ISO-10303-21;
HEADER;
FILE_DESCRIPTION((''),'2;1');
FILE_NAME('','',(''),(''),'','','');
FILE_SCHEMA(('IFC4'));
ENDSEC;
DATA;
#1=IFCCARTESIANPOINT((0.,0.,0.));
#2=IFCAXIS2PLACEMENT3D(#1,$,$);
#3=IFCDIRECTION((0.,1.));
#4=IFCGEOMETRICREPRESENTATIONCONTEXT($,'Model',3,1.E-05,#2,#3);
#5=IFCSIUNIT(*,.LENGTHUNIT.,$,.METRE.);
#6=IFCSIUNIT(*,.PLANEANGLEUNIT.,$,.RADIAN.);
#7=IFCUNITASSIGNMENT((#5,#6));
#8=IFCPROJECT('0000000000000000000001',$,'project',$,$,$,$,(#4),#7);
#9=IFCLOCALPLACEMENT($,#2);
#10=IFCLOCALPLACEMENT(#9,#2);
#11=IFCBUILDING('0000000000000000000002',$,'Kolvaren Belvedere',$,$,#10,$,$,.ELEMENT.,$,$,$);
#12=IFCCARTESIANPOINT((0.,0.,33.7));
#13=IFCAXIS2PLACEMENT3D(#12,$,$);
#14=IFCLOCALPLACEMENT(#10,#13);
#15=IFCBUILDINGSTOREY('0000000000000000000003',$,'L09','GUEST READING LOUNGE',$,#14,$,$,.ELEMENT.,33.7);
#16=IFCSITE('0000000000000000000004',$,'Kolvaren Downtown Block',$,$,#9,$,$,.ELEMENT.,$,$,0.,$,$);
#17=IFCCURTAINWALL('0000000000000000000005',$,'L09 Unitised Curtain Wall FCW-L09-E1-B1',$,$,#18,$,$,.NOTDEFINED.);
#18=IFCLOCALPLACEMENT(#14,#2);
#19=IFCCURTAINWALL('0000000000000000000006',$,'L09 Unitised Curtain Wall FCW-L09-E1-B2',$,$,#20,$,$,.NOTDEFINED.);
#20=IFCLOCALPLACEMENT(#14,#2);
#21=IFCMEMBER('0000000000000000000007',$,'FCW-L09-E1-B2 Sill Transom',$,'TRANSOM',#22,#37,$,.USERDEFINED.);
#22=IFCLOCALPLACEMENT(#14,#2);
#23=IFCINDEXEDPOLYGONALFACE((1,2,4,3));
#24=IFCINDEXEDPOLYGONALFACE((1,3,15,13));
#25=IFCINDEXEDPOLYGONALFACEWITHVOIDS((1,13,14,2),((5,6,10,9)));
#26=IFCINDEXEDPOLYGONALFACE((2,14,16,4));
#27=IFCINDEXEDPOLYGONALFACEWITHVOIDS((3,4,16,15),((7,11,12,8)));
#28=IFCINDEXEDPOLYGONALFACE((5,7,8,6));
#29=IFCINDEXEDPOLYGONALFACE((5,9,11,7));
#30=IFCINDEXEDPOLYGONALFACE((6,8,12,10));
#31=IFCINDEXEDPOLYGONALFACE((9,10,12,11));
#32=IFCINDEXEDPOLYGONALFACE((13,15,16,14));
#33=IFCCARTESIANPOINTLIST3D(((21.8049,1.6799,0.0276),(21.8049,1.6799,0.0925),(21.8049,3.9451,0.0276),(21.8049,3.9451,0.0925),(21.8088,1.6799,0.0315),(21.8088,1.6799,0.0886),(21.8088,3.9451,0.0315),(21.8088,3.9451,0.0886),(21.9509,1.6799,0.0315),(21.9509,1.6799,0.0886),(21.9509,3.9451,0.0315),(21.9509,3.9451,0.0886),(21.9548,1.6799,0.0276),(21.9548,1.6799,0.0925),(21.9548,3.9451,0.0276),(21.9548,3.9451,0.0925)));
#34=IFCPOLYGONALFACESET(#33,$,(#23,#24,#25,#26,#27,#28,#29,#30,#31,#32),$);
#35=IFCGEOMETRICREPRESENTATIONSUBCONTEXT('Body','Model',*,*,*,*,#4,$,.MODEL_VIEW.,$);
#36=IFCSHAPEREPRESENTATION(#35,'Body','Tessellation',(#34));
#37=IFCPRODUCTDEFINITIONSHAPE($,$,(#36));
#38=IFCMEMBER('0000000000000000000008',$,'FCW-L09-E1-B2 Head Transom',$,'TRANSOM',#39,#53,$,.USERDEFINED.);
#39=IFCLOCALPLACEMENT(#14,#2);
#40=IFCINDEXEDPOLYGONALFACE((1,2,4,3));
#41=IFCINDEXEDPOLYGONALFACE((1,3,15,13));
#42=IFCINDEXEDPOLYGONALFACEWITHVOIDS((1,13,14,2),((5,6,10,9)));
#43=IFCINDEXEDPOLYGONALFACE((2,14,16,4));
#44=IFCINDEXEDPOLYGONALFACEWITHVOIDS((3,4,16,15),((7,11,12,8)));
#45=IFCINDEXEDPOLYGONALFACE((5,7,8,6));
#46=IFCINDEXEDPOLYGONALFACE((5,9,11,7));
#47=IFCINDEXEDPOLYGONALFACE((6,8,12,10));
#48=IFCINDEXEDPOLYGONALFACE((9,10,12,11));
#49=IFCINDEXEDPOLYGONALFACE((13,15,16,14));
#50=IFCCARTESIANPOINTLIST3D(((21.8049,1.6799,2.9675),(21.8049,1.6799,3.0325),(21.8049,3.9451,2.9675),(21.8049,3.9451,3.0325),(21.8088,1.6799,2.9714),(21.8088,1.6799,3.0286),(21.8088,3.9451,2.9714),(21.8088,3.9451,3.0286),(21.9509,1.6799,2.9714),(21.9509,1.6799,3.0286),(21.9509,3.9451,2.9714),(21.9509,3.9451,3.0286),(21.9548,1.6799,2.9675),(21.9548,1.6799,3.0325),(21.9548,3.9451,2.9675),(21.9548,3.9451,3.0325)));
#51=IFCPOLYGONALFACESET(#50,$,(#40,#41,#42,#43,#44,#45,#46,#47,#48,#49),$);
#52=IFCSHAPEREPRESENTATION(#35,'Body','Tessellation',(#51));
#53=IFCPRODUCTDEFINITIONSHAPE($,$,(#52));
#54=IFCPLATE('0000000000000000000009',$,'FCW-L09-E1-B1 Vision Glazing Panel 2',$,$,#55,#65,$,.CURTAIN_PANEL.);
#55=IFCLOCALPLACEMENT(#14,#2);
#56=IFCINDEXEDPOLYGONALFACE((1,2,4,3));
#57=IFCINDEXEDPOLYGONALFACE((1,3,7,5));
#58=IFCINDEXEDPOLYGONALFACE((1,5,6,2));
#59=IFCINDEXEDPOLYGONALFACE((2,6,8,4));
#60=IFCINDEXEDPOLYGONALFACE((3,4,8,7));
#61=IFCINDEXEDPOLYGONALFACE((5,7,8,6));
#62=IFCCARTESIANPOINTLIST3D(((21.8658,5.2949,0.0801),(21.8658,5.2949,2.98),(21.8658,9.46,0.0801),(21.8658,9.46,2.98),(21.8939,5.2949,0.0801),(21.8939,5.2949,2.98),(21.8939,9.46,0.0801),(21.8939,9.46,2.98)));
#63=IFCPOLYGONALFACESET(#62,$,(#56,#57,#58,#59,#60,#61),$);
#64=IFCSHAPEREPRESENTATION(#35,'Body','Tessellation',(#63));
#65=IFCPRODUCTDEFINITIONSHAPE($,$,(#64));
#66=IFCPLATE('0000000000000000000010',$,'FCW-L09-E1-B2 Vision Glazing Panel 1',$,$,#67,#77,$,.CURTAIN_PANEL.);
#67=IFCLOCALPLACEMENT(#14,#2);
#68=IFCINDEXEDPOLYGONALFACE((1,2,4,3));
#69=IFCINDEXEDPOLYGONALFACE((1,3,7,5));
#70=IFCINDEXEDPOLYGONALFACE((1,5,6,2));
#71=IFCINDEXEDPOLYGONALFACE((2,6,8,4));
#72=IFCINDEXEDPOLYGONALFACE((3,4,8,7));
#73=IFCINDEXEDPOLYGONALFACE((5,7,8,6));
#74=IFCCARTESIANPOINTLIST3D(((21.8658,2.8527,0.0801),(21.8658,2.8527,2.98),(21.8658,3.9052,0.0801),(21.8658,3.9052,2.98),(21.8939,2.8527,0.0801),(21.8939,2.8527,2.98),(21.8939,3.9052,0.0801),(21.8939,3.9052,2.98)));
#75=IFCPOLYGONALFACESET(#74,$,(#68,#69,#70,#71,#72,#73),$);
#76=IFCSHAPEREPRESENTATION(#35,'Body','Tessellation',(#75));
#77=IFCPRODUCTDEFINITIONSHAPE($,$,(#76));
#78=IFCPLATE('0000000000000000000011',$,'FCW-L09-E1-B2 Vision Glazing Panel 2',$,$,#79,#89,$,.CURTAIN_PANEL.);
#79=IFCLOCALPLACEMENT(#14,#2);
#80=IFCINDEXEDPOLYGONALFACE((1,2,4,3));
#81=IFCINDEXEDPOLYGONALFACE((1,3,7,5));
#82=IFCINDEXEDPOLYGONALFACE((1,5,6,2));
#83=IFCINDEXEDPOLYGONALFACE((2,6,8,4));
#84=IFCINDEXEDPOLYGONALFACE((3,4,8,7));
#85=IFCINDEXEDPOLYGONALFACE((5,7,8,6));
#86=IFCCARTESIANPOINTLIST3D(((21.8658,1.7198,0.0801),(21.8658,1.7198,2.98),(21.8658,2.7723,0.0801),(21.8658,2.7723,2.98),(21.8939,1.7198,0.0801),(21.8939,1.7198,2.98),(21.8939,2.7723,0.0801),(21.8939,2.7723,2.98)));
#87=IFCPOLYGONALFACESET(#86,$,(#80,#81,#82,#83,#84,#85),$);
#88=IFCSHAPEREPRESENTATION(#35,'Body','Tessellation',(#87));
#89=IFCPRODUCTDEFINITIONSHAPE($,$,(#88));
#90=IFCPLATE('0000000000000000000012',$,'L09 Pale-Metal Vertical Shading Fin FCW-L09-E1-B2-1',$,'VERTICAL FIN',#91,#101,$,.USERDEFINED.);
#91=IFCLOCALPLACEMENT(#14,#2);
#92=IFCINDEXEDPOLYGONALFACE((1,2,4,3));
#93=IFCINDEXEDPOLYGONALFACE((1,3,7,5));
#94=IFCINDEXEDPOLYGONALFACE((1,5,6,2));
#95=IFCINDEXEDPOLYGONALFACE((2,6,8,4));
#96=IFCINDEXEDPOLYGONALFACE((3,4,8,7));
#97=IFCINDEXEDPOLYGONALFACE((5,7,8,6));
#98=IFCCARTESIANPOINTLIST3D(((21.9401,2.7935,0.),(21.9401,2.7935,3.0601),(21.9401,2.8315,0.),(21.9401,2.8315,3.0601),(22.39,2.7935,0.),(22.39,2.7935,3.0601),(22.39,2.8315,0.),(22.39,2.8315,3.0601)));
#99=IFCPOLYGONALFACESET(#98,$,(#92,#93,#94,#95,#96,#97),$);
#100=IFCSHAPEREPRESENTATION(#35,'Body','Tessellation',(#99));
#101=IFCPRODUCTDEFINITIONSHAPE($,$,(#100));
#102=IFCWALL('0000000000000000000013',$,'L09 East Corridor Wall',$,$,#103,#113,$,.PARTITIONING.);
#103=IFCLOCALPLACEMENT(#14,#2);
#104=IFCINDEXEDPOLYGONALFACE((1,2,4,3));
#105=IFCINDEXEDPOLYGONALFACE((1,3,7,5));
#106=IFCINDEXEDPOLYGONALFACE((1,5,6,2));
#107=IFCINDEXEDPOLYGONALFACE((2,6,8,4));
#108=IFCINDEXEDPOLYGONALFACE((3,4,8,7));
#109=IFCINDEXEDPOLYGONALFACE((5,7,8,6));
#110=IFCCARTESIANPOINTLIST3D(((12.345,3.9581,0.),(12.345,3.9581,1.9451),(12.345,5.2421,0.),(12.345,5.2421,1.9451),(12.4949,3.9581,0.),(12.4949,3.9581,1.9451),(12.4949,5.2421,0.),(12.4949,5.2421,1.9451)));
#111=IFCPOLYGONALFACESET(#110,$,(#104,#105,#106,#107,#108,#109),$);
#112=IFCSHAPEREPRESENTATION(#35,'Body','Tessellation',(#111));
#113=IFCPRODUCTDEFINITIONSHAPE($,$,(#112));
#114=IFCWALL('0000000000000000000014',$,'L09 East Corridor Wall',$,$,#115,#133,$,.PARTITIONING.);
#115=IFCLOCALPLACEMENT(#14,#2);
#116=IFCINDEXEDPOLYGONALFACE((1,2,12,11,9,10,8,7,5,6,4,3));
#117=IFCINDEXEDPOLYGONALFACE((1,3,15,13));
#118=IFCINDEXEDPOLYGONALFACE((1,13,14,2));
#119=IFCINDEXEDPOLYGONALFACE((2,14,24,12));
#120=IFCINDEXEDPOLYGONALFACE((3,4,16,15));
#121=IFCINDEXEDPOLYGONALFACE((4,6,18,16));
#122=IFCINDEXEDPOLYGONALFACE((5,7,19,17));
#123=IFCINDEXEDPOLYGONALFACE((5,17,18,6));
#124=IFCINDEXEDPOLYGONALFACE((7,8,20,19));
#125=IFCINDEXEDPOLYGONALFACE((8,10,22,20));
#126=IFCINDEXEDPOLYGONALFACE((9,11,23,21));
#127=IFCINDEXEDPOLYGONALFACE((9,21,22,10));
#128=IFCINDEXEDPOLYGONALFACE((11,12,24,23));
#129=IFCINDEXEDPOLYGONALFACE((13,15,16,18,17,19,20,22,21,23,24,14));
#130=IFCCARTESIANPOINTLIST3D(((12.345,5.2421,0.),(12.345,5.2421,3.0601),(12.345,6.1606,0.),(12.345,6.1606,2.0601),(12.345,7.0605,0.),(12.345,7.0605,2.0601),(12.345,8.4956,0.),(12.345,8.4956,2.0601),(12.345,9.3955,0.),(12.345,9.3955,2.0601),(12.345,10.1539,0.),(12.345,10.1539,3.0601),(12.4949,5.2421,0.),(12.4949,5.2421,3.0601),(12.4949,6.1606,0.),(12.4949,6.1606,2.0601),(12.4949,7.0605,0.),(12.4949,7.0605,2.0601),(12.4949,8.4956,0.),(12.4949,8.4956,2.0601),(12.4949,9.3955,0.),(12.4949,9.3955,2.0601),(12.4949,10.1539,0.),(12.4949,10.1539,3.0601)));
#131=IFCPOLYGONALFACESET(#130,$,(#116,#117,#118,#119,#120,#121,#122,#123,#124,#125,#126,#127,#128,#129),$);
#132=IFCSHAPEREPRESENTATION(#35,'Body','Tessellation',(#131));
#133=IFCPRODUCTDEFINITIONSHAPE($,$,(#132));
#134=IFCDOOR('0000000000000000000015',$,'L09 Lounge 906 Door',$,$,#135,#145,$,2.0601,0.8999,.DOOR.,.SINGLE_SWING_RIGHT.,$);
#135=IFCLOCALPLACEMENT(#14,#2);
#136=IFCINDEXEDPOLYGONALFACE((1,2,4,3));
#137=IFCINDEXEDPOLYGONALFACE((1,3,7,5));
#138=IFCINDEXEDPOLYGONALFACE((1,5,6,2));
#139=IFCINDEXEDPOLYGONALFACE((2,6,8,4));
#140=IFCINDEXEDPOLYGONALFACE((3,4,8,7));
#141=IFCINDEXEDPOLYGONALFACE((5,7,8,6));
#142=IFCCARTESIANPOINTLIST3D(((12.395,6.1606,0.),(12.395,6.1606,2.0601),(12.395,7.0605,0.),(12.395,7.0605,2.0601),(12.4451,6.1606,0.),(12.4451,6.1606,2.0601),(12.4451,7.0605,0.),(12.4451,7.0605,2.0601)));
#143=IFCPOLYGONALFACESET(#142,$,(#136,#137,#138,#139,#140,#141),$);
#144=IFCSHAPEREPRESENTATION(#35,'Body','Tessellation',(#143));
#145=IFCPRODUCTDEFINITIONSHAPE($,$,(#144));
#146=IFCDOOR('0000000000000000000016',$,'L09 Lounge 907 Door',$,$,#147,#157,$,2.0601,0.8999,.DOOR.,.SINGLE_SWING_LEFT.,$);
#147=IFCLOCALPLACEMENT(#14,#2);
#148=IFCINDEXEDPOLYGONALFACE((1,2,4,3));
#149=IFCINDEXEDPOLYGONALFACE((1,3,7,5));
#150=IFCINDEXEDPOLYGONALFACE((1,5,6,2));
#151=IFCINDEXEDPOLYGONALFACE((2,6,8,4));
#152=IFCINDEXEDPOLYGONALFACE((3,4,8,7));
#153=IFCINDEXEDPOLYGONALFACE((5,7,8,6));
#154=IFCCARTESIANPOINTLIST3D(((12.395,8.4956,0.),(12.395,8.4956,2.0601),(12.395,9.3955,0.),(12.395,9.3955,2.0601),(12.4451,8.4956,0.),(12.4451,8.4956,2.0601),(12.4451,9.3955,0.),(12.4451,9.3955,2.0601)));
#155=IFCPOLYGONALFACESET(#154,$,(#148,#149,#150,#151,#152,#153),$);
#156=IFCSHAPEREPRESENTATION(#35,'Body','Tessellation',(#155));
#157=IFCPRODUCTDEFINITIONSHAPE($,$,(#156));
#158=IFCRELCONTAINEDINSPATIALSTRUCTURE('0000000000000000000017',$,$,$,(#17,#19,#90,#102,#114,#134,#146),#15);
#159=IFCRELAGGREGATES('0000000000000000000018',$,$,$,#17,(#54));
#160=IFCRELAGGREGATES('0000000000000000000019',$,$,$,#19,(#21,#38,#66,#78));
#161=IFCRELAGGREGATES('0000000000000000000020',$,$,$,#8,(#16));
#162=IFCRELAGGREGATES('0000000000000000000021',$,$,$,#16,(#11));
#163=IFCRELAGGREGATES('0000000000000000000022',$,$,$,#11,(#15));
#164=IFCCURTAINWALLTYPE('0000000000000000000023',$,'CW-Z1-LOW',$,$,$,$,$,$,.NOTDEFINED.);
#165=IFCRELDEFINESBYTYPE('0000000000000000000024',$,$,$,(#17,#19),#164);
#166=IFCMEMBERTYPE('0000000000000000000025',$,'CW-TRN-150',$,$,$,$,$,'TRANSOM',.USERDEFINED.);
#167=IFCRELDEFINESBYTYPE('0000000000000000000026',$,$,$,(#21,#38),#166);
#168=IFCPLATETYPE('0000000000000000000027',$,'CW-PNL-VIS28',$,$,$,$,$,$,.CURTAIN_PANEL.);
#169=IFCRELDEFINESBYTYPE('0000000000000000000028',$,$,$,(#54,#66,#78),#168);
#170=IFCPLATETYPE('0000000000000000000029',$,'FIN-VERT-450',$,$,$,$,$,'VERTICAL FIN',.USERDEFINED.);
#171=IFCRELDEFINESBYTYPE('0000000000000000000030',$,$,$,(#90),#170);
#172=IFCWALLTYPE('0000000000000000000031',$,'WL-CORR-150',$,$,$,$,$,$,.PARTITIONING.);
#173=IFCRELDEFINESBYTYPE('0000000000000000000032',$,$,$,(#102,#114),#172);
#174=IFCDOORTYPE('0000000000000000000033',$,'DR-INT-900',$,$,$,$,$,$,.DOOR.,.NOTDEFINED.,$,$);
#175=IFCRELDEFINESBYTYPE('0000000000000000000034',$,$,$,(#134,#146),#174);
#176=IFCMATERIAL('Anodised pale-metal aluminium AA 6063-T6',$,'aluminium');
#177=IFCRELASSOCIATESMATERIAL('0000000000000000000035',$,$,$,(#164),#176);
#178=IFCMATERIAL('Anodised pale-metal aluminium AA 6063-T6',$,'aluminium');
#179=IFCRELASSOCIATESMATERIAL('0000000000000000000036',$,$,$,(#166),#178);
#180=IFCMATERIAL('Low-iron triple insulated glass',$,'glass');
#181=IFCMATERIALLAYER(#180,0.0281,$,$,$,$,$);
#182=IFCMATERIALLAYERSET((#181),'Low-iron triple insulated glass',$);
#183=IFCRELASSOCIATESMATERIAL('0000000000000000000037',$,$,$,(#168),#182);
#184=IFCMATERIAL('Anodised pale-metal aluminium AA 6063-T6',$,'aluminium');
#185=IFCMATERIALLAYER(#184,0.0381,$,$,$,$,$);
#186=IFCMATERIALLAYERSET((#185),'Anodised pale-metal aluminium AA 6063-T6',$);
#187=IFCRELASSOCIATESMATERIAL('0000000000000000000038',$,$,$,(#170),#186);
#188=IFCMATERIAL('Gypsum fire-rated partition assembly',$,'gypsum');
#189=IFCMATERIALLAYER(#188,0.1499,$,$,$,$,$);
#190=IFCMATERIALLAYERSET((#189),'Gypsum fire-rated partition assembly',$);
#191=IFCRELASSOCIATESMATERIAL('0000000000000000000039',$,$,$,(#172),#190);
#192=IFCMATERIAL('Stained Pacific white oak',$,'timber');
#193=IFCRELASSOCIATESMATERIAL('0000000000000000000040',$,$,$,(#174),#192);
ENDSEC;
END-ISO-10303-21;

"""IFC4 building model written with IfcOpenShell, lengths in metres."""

from ifc_helpers import new_model, si_unit, direction, frame, frame_2d, origin, origin_2d, place, context, subcontext, project, spatial, rectangle, hollow_rectangle, extrude, material, layer, layer_set, material_profile, profile_set, type_object, element, fill, aggregate, save


model = new_model("IFC4")

# Units and contexts
model_context = context("Model", 3, precision=1e-05, world=origin(), true_north=direction((0.0, 1.0)))
body_context = subcontext(model_context, "Body", "Model", "MODEL_VIEW")
ifc_project = project(units=[si_unit("LENGTHUNIT", "METRE"), si_unit("PLANEANGLEUNIT", "RADIAN")], contexts=[model_context])

# Site, building, storey
site_placement = place(None, origin())
site = spatial("IfcSite", under=ifc_project, at=site_placement, Name="Kolvaren Downtown Block", CompositionType="ELEMENT", RefElevation=0.0)
building_placement = place(site_placement, origin())
building = spatial("IfcBuilding", under=site, at=building_placement, Name="Kolvaren Belvedere", CompositionType="ELEMENT")
storey_placement = place(building_placement, frame((0.0, 0.0, 33.7)))
storey = spatial("IfcBuildingStorey", under=building, at=storey_placement, Name="L09", Description="GUEST READING LOUNGE", CompositionType="ELEMENT", Elevation=33.7)

# Curtain wall
ifc_material_1 = material(Name="Anodised pale-metal aluminium AA 6063-T6", Category="aluminium")
curtain_wall_type = type_object("IfcCurtainWallType", Name="CW-Z1-LOW", PredefinedType="NOTDEFINED", material=ifc_material_1)
curtain_wall_1_placement = place(storey_placement, origin())
curtain_wall_1 = element("IfcCurtainWall", 1, at=curtain_wall_1_placement, inside=storey, type_object=curtain_wall_type, Name="L09 Unitised Curtain Wall FCW-L09-E1-B1", PredefinedType="NOTDEFINED")

# Curtain wall, members
curtain_wall_2_placement = place(storey_placement, origin())
curtain_wall_2 = element("IfcCurtainWall", 2, at=curtain_wall_2_placement, inside=storey, type_object=curtain_wall_type, Name="L09 Unitised Curtain Wall FCW-L09-E1-B2", PredefinedType="NOTDEFINED")
ifc_material_2 = material(Name="Anodised pale-metal aluminium AA 6063-T6", Category="aluminium")
ifc_material_profile_1 = material_profile(ifc_material_2, hollow_rectangle(XDim=0.0649, YDim=0.1499, WallThickness=0.0039, at=origin_2d()), Name="ALU-TRN-150X65")
ifc_profile_set_1 = profile_set([ifc_material_profile_1], Name="Anodised pale-metal aluminium AA 6063-T6")
member_type_1 = type_object("IfcMemberType", Name="CW-TRN-150", ElementType="TRANSOM", PredefinedType="USERDEFINED", material=ifc_profile_set_1)
member_1_placement = place(storey_placement, frame((21.8799, 3.9451, 0.0601), z_axis=(0.0, -1.0, 0.0), x_axis=(0.0, 0.0, 1.0)))
member_1 = element("IfcMember", 3, at=member_1_placement, type_object=member_type_1, Name="FCW-L09-E1-B2 Sill Transom", ObjectType="TRANSOM", PredefinedType="USERDEFINED", context=body_context, shape_type="SweptSolid", body=[
    extrude(hollow_rectangle(XDim=0.0649, YDim=0.1499, WallThickness=0.0039, at=origin_2d()), origin(), (0.0, 0.0, 1.0), 2.2651),
])
member_2_placement = place(storey_placement, frame((21.8799, 3.9451, 3.0), z_axis=(0.0, -1.0, 0.0), x_axis=(0.0, 0.0, 1.0)))
member_2 = element("IfcMember", 4, at=member_2_placement, type_object=member_type_1, Name="FCW-L09-E1-B2 Head Transom", ObjectType="TRANSOM", PredefinedType="USERDEFINED", context=body_context, shape_type="SweptSolid", body=[
    extrude(hollow_rectangle(XDim=0.0649, YDim=0.1499, WallThickness=0.0039, at=origin_2d()), origin(), (0.0, 0.0, 1.0), 2.2651),
])

# Plates
ifc_material_3 = material(Name="Low-iron triple insulated glass", Category="glass")
ifc_layer_1 = layer(ifc_material_3, 0.0281)
ifc_layer_set_1 = layer_set([ifc_layer_1], Name="Low-iron triple insulated glass")
plate_type_1 = type_object("IfcPlateType", Name="CW-PNL-VIS28", PredefinedType="CURTAIN_PANEL", material=ifc_layer_set_1)
plate_1_placement = place(storey_placement, frame((21.8799, 7.3774, 0.0801), z_axis=(0.0, 0.0, 1.0), x_axis=(0.0, -1.0, 0.0)))
plate_1 = element("IfcPlate", 5, at=plate_1_placement, type_object=plate_type_1, Name="FCW-L09-E1-B1 Vision Glazing Panel 2", PredefinedType="CURTAIN_PANEL", context=body_context, shape_type="SweptSolid", body=[
    extrude(rectangle(XDim=4.165, YDim=0.0281, at=origin_2d()), origin(), (0.0, 0.0, 1.0), 2.8999),
])
aggregate(curtain_wall_1, [plate_1])
plate_2_placement = place(storey_placement, frame((21.8799, 3.3789, 0.0801), z_axis=(0.0, 0.0, 1.0), x_axis=(0.0, -1.0, 0.0)))
plate_2 = element("IfcPlate", 6, at=plate_2_placement, type_object=plate_type_1, Name="FCW-L09-E1-B2 Vision Glazing Panel 1", PredefinedType="CURTAIN_PANEL", context=body_context, shape_type="SweptSolid", body=[
    extrude(rectangle(XDim=1.0525, YDim=0.0281, at=origin_2d()), origin(), (0.0, 0.0, 1.0), 2.8999),
])
plate_3_placement = place(storey_placement, frame((21.8799, 2.2461, 0.0801), z_axis=(0.0, 0.0, 1.0), x_axis=(0.0, -1.0, 0.0)))
plate_3 = element("IfcPlate", 7, at=plate_3_placement, type_object=plate_type_1, Name="FCW-L09-E1-B2 Vision Glazing Panel 2", PredefinedType="CURTAIN_PANEL", context=body_context, shape_type="SweptSolid", body=[
    extrude(rectangle(XDim=1.0525, YDim=0.0281, at=origin_2d()), origin(), (0.0, 0.0, 1.0), 2.8999),
])
aggregate(curtain_wall_2, [member_1, member_2, plate_2, plate_3])
ifc_material_4 = material(Name="Anodised pale-metal aluminium AA 6063-T6", Category="aluminium")
ifc_layer_2 = layer(ifc_material_4, 0.0381)
ifc_layer_set_2 = layer_set([ifc_layer_2], Name="Anodised pale-metal aluminium AA 6063-T6")
plate_type_2 = type_object("IfcPlateType", Name="FIN-VERT-450", ElementType="VERTICAL FIN", PredefinedType="USERDEFINED", material=ifc_layer_set_2)
plate_4_placement = place(storey_placement, frame((22.165, 2.8125, 0.0), z_axis=(0.0, 0.0, 1.0), x_axis=(1.0, 0.0, 0.0)))
element("IfcPlate", 8, at=plate_4_placement, inside=storey, type_object=plate_type_2, Name="L09 Pale-Metal Vertical Shading Fin FCW-L09-E1-B2-1", ObjectType="VERTICAL FIN", PredefinedType="USERDEFINED", context=body_context, shape_type="SweptSolid", body=[
    extrude(rectangle(XDim=0.45, YDim=0.0381, at=origin_2d()), origin(), (0.0, 0.0, 1.0), 3.0601),
])

# Wall
ifc_material_5 = material(Name="Gypsum fire-rated partition assembly", Category="gypsum")
ifc_layer_3 = layer(ifc_material_5, 0.1499)
ifc_layer_set_3 = layer_set([ifc_layer_3], Name="Gypsum fire-rated partition assembly")
wall_type_1 = type_object("IfcWallType", Name="WL-CORR-150", PredefinedType="PARTITIONING", material=ifc_layer_set_3)
wall_1_placement = place(storey_placement, frame((12.4199, 3.958, 0.0), z_axis=(0.0, 0.0, 1.0), x_axis=(0.0, 1.0, 0.0)))
element("IfcWall", 9, at=wall_1_placement, inside=storey, type_object=wall_type_1, Name="L09 East Corridor Wall", PredefinedType="PARTITIONING", context=body_context, shape_type="SweptSolid", body=[
    extrude(rectangle(XDim=1.2839, YDim=0.1499, at=frame_2d((0.6421, 0.0))), origin(), (0.0, 0.0, 1.0), 1.9451),
])

# Wall, openings, doors
wall_2_placement = place(storey_placement, frame((12.4199, 5.2419, 0.0), z_axis=(0.0, 0.0, 1.0), x_axis=(0.0, 1.0, 0.0)))
wall_2 = element("IfcWall", 10, at=wall_2_placement, inside=storey, type_object=wall_type_1, Name="L09 East Corridor Wall", PredefinedType="PARTITIONING", context=body_context, shape_type="SweptSolid", body=[
    extrude(rectangle(XDim=4.9119, YDim=0.1499, at=frame_2d((2.4561, 0.0))), origin(), (0.0, 0.0, 1.0), 3.0601),
])
opening_1_placement = place(wall_2_placement, frame((0.9187, 0.0, 0.0)))
opening_1 = element("IfcOpeningElement", 11, at=opening_1_placement, cuts=wall_2, PredefinedType="OPENING", context=body_context, shape_type="SweptSolid", body=[
    extrude(rectangle(XDim=0.8999, YDim=2.0601, at=frame_2d((0.45, 1.03))), frame((0.0, 0.085, 0.0), z_axis=(0.0, -1.0, 0.0), x_axis=(1.0, 0.0, 0.0)), (0.0, 0.0, 1.0), 0.1699),
])
opening_2_placement = place(wall_2_placement, frame((3.2537, 0.0, 0.0)))
opening_2 = element("IfcOpeningElement", 12, at=opening_2_placement, cuts=wall_2, PredefinedType="OPENING", context=body_context, shape_type="SweptSolid", body=[
    extrude(rectangle(XDim=0.8999, YDim=2.0601, at=frame_2d((0.45, 1.03))), frame((0.0, 0.085, 0.0), z_axis=(0.0, -1.0, 0.0), x_axis=(1.0, 0.0, 0.0)), (0.0, 0.0, 1.0), 0.1699),
])
ifc_material_6 = material(Name="Stained Pacific white oak", Category="timber")
door_type_1 = type_object("IfcDoorType", Name="DR-INT-900", OperationType="NOTDEFINED", PredefinedType="DOOR", material=ifc_material_6)
door_1_placement = place(opening_1_placement, origin())
door_1 = element("IfcDoor", 13, at=door_1_placement, inside=storey, type_object=door_type_1, Name="L09 Lounge 906 Door", OperationType="SINGLE_SWING_RIGHT", OverallHeight=2.0601, OverallWidth=0.8999, PredefinedType="DOOR", context=body_context, shape_type="SweptSolid", body=[
    extrude(rectangle(XDim=0.8999, YDim=2.0601, at=frame_2d((0.45, 1.03))), frame((0.0, 0.0249, 0.0), z_axis=(0.0, -1.0, 0.0), x_axis=(1.0, 0.0, 0.0)), (0.0, 0.0, 1.0), 0.05),
])
fill(opening_1, door_1)
door_2_placement = place(opening_2_placement, origin())
door_2 = element("IfcDoor", 14, at=door_2_placement, inside=storey, type_object=door_type_1, Name="L09 Lounge 907 Door", OperationType="SINGLE_SWING_LEFT", OverallHeight=2.0601, OverallWidth=0.8999, PredefinedType="DOOR", context=body_context, shape_type="SweptSolid", body=[
    extrude(rectangle(XDim=0.8999, YDim=2.0601, at=frame_2d((0.45, 1.03))), frame((0.0, 0.0249, 0.0), z_axis=(0.0, -1.0, 0.0), x_axis=(1.0, 0.0, 0.0)), (0.0, 0.0, 1.0), 0.05),
])
fill(opening_2, door_2)

save(model, "model.ifc")
